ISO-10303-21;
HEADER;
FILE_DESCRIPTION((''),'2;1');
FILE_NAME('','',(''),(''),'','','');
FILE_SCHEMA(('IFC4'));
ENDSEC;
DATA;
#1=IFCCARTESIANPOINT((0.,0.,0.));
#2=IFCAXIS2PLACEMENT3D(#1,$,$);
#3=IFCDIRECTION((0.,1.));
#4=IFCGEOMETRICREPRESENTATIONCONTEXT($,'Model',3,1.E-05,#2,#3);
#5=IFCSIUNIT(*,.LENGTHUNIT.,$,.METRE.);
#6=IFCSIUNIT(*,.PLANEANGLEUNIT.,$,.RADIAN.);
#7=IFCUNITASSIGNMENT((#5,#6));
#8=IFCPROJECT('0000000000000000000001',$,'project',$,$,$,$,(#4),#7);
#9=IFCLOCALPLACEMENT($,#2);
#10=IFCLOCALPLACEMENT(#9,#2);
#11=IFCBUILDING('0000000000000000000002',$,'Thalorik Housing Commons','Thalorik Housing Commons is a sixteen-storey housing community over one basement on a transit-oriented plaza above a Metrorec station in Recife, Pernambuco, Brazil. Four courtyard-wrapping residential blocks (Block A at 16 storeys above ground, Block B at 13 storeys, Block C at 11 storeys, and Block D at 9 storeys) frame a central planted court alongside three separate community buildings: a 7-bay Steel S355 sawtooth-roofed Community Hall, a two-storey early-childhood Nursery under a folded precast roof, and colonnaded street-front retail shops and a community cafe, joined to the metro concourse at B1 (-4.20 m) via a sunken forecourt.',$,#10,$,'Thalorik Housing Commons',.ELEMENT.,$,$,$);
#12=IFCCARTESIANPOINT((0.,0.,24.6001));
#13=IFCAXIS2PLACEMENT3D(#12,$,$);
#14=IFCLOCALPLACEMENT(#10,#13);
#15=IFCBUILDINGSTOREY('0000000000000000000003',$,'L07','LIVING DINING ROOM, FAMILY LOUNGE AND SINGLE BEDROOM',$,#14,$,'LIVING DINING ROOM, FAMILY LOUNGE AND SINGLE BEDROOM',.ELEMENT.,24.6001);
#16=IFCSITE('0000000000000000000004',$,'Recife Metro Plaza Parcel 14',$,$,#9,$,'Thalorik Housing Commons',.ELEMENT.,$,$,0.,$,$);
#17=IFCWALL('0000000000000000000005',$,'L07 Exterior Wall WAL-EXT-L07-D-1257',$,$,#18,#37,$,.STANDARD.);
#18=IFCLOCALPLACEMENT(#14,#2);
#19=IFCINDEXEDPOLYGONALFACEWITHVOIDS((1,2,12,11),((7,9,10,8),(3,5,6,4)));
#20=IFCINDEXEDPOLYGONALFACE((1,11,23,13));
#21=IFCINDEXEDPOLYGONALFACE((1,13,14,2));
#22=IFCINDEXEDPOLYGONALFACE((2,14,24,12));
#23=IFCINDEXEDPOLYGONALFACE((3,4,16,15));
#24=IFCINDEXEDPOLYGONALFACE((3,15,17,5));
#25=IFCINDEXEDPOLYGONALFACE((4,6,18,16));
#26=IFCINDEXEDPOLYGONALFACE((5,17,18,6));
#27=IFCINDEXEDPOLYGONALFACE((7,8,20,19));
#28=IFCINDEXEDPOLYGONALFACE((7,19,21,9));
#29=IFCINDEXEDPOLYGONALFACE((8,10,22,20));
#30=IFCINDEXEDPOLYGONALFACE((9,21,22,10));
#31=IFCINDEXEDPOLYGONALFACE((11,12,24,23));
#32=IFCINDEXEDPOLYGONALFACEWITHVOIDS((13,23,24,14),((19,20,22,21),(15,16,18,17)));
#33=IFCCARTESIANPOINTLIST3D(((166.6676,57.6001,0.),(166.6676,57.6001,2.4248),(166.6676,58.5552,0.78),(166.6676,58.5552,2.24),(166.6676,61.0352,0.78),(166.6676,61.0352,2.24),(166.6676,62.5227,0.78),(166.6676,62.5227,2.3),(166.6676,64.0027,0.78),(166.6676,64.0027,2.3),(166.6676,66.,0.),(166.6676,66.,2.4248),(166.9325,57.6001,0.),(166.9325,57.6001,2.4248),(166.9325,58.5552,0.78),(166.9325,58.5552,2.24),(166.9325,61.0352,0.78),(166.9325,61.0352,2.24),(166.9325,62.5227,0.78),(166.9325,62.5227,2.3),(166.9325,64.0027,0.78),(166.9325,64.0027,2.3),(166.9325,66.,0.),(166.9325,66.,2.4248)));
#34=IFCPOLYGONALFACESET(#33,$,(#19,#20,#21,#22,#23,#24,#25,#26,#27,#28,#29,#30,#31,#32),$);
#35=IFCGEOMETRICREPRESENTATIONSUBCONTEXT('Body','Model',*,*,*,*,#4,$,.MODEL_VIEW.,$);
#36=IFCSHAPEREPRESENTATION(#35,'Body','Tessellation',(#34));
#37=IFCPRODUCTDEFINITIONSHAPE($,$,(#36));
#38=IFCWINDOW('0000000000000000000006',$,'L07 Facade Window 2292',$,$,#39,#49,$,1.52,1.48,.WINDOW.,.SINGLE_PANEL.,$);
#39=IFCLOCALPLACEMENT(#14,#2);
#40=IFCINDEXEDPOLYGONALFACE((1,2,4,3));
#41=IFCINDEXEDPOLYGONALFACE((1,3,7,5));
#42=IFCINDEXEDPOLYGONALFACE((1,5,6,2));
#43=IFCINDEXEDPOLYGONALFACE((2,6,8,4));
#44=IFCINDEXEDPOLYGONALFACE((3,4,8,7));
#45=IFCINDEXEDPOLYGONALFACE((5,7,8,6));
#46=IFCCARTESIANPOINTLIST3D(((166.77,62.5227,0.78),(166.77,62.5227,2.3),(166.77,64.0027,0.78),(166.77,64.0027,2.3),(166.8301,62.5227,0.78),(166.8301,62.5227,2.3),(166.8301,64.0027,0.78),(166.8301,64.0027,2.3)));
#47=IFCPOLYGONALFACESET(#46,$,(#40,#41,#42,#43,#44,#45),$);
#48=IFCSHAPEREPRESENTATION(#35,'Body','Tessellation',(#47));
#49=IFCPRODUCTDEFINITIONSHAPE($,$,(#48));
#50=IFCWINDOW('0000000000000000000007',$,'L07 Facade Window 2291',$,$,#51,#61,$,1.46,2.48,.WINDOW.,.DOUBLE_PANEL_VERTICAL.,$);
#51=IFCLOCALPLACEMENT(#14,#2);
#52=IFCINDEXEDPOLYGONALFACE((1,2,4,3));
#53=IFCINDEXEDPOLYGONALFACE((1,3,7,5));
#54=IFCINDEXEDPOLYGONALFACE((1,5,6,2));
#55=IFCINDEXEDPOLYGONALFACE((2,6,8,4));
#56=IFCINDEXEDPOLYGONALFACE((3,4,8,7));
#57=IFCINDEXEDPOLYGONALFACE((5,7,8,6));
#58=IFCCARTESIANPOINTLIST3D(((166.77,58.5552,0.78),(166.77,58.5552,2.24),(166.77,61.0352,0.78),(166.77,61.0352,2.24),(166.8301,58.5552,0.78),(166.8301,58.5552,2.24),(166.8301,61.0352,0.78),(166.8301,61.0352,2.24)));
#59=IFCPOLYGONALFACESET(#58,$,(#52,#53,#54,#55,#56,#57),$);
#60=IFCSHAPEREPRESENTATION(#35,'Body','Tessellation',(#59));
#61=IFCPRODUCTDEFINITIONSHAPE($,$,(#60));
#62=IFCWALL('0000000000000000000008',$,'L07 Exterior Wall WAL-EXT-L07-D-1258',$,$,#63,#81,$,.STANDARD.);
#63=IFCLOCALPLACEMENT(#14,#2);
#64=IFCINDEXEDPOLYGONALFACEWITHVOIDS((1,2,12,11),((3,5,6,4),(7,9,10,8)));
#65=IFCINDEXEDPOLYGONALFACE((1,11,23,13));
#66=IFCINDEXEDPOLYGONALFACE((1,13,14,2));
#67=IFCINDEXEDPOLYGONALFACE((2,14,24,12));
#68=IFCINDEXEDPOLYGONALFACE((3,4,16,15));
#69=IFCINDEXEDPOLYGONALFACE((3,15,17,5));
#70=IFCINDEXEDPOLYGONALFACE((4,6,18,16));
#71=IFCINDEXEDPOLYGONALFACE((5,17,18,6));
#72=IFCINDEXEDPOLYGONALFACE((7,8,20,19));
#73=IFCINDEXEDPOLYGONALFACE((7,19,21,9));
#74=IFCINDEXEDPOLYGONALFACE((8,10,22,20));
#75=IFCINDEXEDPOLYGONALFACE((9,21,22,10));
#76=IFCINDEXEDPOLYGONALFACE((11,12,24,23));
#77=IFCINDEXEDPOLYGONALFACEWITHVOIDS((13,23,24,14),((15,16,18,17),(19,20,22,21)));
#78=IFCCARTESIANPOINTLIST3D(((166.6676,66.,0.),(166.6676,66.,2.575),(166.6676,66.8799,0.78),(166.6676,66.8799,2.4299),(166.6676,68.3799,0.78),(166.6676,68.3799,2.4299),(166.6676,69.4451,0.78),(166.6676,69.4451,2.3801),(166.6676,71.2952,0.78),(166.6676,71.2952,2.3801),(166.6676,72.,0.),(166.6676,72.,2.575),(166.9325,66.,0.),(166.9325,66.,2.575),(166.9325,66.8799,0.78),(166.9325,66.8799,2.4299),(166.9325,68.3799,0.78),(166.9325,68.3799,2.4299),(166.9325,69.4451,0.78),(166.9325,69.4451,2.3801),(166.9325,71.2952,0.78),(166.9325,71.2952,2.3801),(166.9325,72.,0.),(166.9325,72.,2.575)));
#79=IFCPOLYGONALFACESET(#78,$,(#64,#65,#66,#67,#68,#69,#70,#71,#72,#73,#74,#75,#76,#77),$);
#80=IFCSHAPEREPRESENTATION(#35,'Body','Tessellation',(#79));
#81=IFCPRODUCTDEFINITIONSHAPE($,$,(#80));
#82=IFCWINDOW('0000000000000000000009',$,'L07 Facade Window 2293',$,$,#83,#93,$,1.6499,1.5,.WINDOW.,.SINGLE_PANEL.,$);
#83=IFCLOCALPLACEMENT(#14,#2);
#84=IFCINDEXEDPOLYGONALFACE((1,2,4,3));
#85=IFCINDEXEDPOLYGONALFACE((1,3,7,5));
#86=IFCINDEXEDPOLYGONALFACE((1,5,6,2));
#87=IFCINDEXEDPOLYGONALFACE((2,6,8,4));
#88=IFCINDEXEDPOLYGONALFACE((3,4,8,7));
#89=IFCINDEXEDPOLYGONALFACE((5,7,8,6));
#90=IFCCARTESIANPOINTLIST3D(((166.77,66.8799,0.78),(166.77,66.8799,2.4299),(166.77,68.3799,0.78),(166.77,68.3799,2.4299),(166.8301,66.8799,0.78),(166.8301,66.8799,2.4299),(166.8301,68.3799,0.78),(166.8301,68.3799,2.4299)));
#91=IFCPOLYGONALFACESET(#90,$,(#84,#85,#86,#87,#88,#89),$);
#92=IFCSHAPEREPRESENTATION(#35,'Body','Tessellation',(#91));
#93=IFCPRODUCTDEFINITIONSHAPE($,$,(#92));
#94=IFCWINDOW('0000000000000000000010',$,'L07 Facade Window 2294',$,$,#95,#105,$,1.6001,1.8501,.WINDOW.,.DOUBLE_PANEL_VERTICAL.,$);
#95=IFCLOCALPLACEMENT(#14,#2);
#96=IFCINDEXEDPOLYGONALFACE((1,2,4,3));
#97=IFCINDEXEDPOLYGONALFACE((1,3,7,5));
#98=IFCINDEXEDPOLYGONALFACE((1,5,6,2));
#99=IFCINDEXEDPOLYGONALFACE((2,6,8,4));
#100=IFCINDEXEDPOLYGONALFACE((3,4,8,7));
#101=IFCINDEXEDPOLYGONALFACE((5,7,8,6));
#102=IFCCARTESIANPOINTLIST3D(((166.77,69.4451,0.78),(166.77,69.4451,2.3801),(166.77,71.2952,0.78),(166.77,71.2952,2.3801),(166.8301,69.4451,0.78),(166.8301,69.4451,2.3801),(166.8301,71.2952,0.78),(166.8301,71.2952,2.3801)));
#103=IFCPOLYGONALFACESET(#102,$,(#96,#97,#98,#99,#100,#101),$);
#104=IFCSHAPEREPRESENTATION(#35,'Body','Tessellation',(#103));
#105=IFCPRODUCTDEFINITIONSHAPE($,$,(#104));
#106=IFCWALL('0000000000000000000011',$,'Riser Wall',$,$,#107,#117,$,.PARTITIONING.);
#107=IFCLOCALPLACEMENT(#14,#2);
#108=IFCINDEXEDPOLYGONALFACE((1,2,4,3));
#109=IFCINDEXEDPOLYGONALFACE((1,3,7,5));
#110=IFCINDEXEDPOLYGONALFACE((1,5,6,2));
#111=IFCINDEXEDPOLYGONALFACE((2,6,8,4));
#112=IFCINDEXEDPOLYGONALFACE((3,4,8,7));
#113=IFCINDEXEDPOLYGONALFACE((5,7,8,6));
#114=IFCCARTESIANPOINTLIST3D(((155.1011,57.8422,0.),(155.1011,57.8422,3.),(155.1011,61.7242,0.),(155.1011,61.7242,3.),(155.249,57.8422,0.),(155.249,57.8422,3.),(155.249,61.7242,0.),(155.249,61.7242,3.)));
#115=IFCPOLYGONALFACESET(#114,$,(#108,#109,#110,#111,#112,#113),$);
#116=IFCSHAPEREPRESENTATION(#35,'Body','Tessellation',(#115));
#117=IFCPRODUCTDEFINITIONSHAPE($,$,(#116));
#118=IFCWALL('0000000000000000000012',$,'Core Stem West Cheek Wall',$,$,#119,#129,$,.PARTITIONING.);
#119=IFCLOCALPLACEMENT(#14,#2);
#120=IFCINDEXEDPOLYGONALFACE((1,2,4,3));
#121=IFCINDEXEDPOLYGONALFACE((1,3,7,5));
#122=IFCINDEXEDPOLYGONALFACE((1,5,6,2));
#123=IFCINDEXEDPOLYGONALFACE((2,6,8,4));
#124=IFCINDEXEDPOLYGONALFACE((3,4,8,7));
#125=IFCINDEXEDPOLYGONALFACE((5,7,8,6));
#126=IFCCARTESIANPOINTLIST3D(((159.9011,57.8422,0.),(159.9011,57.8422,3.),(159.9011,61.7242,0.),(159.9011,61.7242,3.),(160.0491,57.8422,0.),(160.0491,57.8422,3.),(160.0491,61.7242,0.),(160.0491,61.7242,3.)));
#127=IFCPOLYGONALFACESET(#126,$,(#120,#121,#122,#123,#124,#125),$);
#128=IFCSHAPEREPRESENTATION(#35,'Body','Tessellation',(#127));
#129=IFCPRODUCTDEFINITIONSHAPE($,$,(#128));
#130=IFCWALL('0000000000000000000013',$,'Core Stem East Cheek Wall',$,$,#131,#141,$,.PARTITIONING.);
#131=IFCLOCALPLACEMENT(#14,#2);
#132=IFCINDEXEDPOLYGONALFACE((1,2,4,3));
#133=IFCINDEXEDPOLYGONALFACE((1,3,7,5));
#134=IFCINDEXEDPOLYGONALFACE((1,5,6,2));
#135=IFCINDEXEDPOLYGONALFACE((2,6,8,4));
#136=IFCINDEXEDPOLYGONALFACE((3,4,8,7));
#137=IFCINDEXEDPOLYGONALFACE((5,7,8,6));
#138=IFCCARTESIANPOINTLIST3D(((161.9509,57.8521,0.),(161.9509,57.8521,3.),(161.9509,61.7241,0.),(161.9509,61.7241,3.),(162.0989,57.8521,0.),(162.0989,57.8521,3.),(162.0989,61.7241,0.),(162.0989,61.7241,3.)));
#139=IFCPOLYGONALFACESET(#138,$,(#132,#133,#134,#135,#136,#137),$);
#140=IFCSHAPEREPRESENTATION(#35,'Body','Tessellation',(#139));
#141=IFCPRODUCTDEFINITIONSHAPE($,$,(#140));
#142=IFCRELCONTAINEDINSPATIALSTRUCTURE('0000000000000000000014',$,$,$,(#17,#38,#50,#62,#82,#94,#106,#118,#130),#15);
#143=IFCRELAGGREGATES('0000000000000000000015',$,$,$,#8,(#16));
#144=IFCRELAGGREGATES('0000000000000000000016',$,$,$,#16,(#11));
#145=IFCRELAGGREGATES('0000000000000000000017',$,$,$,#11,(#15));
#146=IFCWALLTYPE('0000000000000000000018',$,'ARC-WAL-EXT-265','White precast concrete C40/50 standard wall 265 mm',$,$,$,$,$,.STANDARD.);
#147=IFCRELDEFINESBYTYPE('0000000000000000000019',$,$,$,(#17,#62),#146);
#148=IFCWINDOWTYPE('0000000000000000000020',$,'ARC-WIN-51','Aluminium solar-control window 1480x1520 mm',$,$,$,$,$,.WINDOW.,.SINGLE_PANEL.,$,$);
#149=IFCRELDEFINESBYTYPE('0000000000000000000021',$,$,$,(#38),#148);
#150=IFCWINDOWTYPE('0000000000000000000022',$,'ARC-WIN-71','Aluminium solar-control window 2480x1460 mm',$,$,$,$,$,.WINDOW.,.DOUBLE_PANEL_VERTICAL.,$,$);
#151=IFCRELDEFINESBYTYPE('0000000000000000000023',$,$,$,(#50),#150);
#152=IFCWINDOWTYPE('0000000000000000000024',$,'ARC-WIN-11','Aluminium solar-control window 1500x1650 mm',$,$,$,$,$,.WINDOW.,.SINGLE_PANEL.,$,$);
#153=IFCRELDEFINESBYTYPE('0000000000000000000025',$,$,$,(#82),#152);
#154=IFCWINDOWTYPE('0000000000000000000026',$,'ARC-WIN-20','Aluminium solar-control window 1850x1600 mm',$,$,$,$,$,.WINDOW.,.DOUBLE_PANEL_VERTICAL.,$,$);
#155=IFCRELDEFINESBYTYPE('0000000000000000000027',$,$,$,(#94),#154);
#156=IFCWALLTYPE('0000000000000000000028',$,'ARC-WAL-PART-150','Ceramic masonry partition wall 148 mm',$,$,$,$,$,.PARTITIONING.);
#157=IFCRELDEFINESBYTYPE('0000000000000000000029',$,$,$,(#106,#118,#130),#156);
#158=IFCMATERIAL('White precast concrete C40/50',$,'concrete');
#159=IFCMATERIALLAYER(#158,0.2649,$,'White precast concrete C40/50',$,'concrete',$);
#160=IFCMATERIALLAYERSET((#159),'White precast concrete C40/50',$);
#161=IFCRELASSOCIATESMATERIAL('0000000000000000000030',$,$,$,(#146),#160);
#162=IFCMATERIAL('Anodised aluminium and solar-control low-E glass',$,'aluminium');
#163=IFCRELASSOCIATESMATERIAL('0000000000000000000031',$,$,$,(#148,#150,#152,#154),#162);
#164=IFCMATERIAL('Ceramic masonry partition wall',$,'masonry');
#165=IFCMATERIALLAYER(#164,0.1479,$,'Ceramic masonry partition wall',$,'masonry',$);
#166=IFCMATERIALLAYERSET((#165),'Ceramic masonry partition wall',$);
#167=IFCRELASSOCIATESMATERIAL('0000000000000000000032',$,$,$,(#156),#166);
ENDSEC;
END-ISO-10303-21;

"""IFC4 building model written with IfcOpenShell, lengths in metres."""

from ifc_helpers import new_model, si_unit, direction, frame, frame_2d, origin, place, context, subcontext, project, spatial, rectangle, extrude, material, layer, layer_set, type_object, element, fill, save


model = new_model("IFC4")

# Units and contexts
model_context = context("Model", 3, precision=1e-05, world=origin(), true_north=direction((0.0, 1.0)))
body_context = subcontext(model_context, "Body", "Model", "MODEL_VIEW")
ifc_project = project(units=[si_unit("LENGTHUNIT", "METRE"), si_unit("PLANEANGLEUNIT", "RADIAN")], contexts=[model_context])

# Site, building, storey
site_placement = place(None, origin())
site = spatial("IfcSite", under=ifc_project, at=site_placement, Name="Recife Metro Plaza Parcel 14", LongName="Thalorik Housing Commons", CompositionType="ELEMENT", RefElevation=0.0)
building_placement = place(site_placement, origin())
building = spatial("IfcBuilding", under=site, at=building_placement, Name="Thalorik Housing Commons", Description="Thalorik Housing Commons is a sixteen-storey housing community over one basement on a transit-oriented plaza above a Metrorec station in Recife, Pernambuco, Brazil. Four courtyard-wrapping residential blocks (Block A at 16 storeys above ground, Block B at 13 storeys, Block C at 11 storeys, and Block D at 9 storeys) frame a central planted court alongside three separate community buildings: a 7-bay Steel S355 sawtooth-roofed Community Hall, a two-storey early-childhood Nursery under a folded precast roof, and colonnaded street-front retail shops and a community cafe, joined to the metro concourse at B1 (-4.20 m) via a sunken forecourt.", LongName="Thalorik Housing Commons", CompositionType="ELEMENT")
storey_placement = place(building_placement, frame((0.0, 0.0, 24.6001)))
storey = spatial("IfcBuildingStorey", under=building, at=storey_placement, Name="L07", Description="LIVING DINING ROOM, FAMILY LOUNGE AND SINGLE BEDROOM", LongName="LIVING DINING ROOM, FAMILY LOUNGE AND SINGLE BEDROOM", CompositionType="ELEMENT", Elevation=24.6001)

# Walls, openings, windows
ifc_material_1 = material(Name="White precast concrete C40/50", Category="concrete")
ifc_layer_1 = layer(ifc_material_1, 0.2649, Name="White precast concrete C40/50", Category="concrete")
ifc_layer_set_1 = layer_set([ifc_layer_1], Name="White precast concrete C40/50")
wall_type_1 = type_object("IfcWallType", Name="ARC-WAL-EXT-265", Description="White precast concrete C40/50 standard wall 265 mm", PredefinedType="STANDARD", material=ifc_layer_set_1)
wall_1_placement = place(storey_placement, frame((166.8, 57.6001, 0.0), z_axis=(0.0, 0.0, 1.0), x_axis=(0.0, 1.0, 0.0)))
wall_1 = element("IfcWall", 1, at=wall_1_placement, inside=storey, type_object=wall_type_1, Name="L07 Exterior Wall WAL-EXT-L07-D-1257", PredefinedType="STANDARD", context=body_context, shape_type="SweptSolid", body=[
    extrude(rectangle(XDim=8.3999, YDim=0.2649, at=frame_2d((4.2, 0.0))), origin(), (0.0, 0.0, 1.0), 2.4248),
])
opening_1_placement = place(wall_1_placement, frame((0.9551, 0.0, 0.78)))
opening_1 = element("IfcOpeningElement", 2, at=opening_1_placement, cuts=wall_1, PredefinedType="OPENING", context=body_context, shape_type="SweptSolid", body=[
    extrude(rectangle(XDim=2.48, YDim=1.46, at=frame_2d((1.24, 0.73))), frame((0.0, 0.1426, 0.0), z_axis=(0.0, -1.0, 0.0), x_axis=(1.0, 0.0, 0.0)), (0.0, 0.0, 1.0), 0.2849),
])
opening_2_placement = place(wall_1_placement, frame((4.9226, 0.0, 0.78)))
opening_2 = element("IfcOpeningElement", 3, at=opening_2_placement, cuts=wall_1, PredefinedType="OPENING", context=body_context, shape_type="SweptSolid", body=[
    extrude(rectangle(XDim=1.48, YDim=1.52, at=frame_2d((0.74, 0.76))), frame((0.0, 0.1426, 0.0), z_axis=(0.0, -1.0, 0.0), x_axis=(1.0, 0.0, 0.0)), (0.0, 0.0, 1.0), 0.2849),
])
ifc_material_2 = material(Name="Anodised aluminium and solar-control low-E glass", Category="aluminium")
window_type_1 = type_object("IfcWindowType", Name="ARC-WIN-51", Description="Aluminium solar-control window 1480x1520 mm", PartitioningType="SINGLE_PANEL", PredefinedType="WINDOW", material=ifc_material_2)
window_1_placement = place(opening_2_placement, origin())
window_1 = element("IfcWindow", 4, at=window_1_placement, inside=storey, type_object=window_type_1, Name="L07 Facade Window 2292", OverallHeight=1.52, OverallWidth=1.48, PartitioningType="SINGLE_PANEL", PredefinedType="WINDOW", context=body_context, shape_type="SweptSolid", body=[
    extrude(rectangle(XDim=1.48, YDim=1.52, at=frame_2d((0.74, 0.76))), frame((0.0, 0.03, 0.0), z_axis=(0.0, -1.0, 0.0), x_axis=(1.0, 0.0, 0.0)), (0.0, 0.0, 1.0), 0.0601),
])
fill(opening_2, window_1)
window_type_2 = type_object("IfcWindowType", Name="ARC-WIN-71", Description="Aluminium solar-control window 2480x1460 mm", PartitioningType="DOUBLE_PANEL_VERTICAL", PredefinedType="WINDOW", material=ifc_material_2)
window_2_placement = place(opening_1_placement, origin())
window_2 = element("IfcWindow", 5, at=window_2_placement, inside=storey, type_object=window_type_2, Name="L07 Facade Window 2291", OverallHeight=1.46, OverallWidth=2.48, PartitioningType="DOUBLE_PANEL_VERTICAL", PredefinedType="WINDOW", context=body_context, shape_type="SweptSolid", body=[
    extrude(rectangle(XDim=2.48, YDim=1.46, at=frame_2d((1.24, 0.73))), frame((0.0, 0.03, 0.0), z_axis=(0.0, -1.0, 0.0), x_axis=(1.0, 0.0, 0.0)), (0.0, 0.0, 1.0), 0.0601),
])
fill(opening_1, window_2)
wall_2_placement = place(storey_placement, frame((166.8, 66.0, 0.0), z_axis=(0.0, 0.0, 1.0), x_axis=(0.0, 1.0, 0.0)))
wall_2 = element("IfcWall", 6, at=wall_2_placement, inside=storey, type_object=wall_type_1, Name="L07 Exterior Wall WAL-EXT-L07-D-1258", PredefinedType="STANDARD", context=body_context, shape_type="SweptSolid", body=[
    extrude(rectangle(XDim=6.0, YDim=0.2649, at=frame_2d((3.0, 0.0))), origin(), (0.0, 0.0, 1.0), 2.575),
])
opening_3_placement = place(wall_2_placement, frame((0.8799, 0.0, 0.78)))
opening_3 = element("IfcOpeningElement", 7, at=opening_3_placement, cuts=wall_2, PredefinedType="OPENING", context=body_context, shape_type="SweptSolid", body=[
    extrude(rectangle(XDim=1.5, YDim=1.6499, at=frame_2d((0.75, 0.825))), frame((0.0, 0.1426, 0.0), z_axis=(0.0, -1.0, 0.0), x_axis=(1.0, 0.0, 0.0)), (0.0, 0.0, 1.0), 0.2849),
])
opening_4_placement = place(wall_2_placement, frame((3.4451, 0.0, 0.78)))
opening_4 = element("IfcOpeningElement", 8, at=opening_4_placement, cuts=wall_2, PredefinedType="OPENING", context=body_context, shape_type="SweptSolid", body=[
    extrude(rectangle(XDim=1.8501, YDim=1.6001, at=frame_2d((0.925, 0.8))), frame((0.0, 0.1426, 0.0), z_axis=(0.0, -1.0, 0.0), x_axis=(1.0, 0.0, 0.0)), (0.0, 0.0, 1.0), 0.2849),
])
window_type_3 = type_object("IfcWindowType", Name="ARC-WIN-11", Description="Aluminium solar-control window 1500x1650 mm", PartitioningType="SINGLE_PANEL", PredefinedType="WINDOW", material=ifc_material_2)
window_3_placement = place(opening_3_placement, origin())
window_3 = element("IfcWindow", 9, at=window_3_placement, inside=storey, type_object=window_type_3, Name="L07 Facade Window 2293", OverallHeight=1.6499, OverallWidth=1.5, PartitioningType="SINGLE_PANEL", PredefinedType="WINDOW", context=body_context, shape_type="SweptSolid", body=[
    extrude(rectangle(XDim=1.5, YDim=1.6499, at=frame_2d((0.75, 0.825))), frame((0.0, 0.03, 0.0), z_axis=(0.0, -1.0, 0.0), x_axis=(1.0, 0.0, 0.0)), (0.0, 0.0, 1.0), 0.0601),
])
fill(opening_3, window_3)
window_type_4 = type_object("IfcWindowType", Name="ARC-WIN-20", Description="Aluminium solar-control window 1850x1600 mm", PartitioningType="DOUBLE_PANEL_VERTICAL", PredefinedType="WINDOW", material=ifc_material_2)
window_4_placement = place(opening_4_placement, origin())
window_4 = element("IfcWindow", 10, at=window_4_placement, inside=storey, type_object=window_type_4, Name="L07 Facade Window 2294", OverallHeight=1.6001, OverallWidth=1.8501, PartitioningType="DOUBLE_PANEL_VERTICAL", PredefinedType="WINDOW", context=body_context, shape_type="SweptSolid", body=[
    extrude(rectangle(XDim=1.8501, YDim=1.6001, at=frame_2d((0.925, 0.8))), frame((0.0, 0.03, 0.0), z_axis=(0.0, -1.0, 0.0), x_axis=(1.0, 0.0, 0.0)), (0.0, 0.0, 1.0), 0.0601),
])
fill(opening_4, window_4)

# Walls
ifc_material_3 = material(Name="Ceramic masonry partition wall", Category="masonry")
ifc_layer_2 = layer(ifc_material_3, 0.1479, Name="Ceramic masonry partition wall", Category="masonry")
ifc_layer_set_2 = layer_set([ifc_layer_2], Name="Ceramic masonry partition wall")
wall_type_2 = type_object("IfcWallType", Name="ARC-WAL-PART-150", Description="Ceramic masonry partition wall 148 mm", PredefinedType="PARTITIONING", material=ifc_layer_set_2)
for number, where, z_axis, x_axis, name in (
    (11, (155.175, 61.7241, 0.0), (0.0, 0.0, 1.0), (0.0, -1.0, 0.0), "Riser Wall"),
    (12, (159.9751, 61.7241, 0.0), (0.0, 0.0, 1.0), (0.0, -1.0, 0.0), "Core Stem West Cheek Wall"),
):
    element("IfcWall", number, at=place(storey_placement, frame(where, z_axis=z_axis, x_axis=x_axis)), inside=storey, type_object=wall_type_2, Name=name, PredefinedType="PARTITIONING", context=body_context, shape_type="SweptSolid", body=[
        extrude(rectangle(XDim=3.8821, YDim=0.1479, at=frame_2d((1.9409, 0.0))), origin(), (0.0, 0.0, 1.0), 3.0),
    ])
wall_3_placement = place(storey_placement, frame((162.0249, 61.7241, 0.0), z_axis=(0.0, 0.0, 1.0), x_axis=(0.0, -1.0, 0.0)))
element("IfcWall", 13, at=wall_3_placement, inside=storey, type_object=wall_type_2, Name="Core Stem East Cheek Wall", PredefinedType="PARTITIONING", context=body_context, shape_type="SweptSolid", body=[
    extrude(rectangle(XDim=3.8721, YDim=0.1479, at=frame_2d((1.936, 0.0))), origin(), (0.0, 0.0, 1.0), 3.0),
])

save(model, "model.ifc")
